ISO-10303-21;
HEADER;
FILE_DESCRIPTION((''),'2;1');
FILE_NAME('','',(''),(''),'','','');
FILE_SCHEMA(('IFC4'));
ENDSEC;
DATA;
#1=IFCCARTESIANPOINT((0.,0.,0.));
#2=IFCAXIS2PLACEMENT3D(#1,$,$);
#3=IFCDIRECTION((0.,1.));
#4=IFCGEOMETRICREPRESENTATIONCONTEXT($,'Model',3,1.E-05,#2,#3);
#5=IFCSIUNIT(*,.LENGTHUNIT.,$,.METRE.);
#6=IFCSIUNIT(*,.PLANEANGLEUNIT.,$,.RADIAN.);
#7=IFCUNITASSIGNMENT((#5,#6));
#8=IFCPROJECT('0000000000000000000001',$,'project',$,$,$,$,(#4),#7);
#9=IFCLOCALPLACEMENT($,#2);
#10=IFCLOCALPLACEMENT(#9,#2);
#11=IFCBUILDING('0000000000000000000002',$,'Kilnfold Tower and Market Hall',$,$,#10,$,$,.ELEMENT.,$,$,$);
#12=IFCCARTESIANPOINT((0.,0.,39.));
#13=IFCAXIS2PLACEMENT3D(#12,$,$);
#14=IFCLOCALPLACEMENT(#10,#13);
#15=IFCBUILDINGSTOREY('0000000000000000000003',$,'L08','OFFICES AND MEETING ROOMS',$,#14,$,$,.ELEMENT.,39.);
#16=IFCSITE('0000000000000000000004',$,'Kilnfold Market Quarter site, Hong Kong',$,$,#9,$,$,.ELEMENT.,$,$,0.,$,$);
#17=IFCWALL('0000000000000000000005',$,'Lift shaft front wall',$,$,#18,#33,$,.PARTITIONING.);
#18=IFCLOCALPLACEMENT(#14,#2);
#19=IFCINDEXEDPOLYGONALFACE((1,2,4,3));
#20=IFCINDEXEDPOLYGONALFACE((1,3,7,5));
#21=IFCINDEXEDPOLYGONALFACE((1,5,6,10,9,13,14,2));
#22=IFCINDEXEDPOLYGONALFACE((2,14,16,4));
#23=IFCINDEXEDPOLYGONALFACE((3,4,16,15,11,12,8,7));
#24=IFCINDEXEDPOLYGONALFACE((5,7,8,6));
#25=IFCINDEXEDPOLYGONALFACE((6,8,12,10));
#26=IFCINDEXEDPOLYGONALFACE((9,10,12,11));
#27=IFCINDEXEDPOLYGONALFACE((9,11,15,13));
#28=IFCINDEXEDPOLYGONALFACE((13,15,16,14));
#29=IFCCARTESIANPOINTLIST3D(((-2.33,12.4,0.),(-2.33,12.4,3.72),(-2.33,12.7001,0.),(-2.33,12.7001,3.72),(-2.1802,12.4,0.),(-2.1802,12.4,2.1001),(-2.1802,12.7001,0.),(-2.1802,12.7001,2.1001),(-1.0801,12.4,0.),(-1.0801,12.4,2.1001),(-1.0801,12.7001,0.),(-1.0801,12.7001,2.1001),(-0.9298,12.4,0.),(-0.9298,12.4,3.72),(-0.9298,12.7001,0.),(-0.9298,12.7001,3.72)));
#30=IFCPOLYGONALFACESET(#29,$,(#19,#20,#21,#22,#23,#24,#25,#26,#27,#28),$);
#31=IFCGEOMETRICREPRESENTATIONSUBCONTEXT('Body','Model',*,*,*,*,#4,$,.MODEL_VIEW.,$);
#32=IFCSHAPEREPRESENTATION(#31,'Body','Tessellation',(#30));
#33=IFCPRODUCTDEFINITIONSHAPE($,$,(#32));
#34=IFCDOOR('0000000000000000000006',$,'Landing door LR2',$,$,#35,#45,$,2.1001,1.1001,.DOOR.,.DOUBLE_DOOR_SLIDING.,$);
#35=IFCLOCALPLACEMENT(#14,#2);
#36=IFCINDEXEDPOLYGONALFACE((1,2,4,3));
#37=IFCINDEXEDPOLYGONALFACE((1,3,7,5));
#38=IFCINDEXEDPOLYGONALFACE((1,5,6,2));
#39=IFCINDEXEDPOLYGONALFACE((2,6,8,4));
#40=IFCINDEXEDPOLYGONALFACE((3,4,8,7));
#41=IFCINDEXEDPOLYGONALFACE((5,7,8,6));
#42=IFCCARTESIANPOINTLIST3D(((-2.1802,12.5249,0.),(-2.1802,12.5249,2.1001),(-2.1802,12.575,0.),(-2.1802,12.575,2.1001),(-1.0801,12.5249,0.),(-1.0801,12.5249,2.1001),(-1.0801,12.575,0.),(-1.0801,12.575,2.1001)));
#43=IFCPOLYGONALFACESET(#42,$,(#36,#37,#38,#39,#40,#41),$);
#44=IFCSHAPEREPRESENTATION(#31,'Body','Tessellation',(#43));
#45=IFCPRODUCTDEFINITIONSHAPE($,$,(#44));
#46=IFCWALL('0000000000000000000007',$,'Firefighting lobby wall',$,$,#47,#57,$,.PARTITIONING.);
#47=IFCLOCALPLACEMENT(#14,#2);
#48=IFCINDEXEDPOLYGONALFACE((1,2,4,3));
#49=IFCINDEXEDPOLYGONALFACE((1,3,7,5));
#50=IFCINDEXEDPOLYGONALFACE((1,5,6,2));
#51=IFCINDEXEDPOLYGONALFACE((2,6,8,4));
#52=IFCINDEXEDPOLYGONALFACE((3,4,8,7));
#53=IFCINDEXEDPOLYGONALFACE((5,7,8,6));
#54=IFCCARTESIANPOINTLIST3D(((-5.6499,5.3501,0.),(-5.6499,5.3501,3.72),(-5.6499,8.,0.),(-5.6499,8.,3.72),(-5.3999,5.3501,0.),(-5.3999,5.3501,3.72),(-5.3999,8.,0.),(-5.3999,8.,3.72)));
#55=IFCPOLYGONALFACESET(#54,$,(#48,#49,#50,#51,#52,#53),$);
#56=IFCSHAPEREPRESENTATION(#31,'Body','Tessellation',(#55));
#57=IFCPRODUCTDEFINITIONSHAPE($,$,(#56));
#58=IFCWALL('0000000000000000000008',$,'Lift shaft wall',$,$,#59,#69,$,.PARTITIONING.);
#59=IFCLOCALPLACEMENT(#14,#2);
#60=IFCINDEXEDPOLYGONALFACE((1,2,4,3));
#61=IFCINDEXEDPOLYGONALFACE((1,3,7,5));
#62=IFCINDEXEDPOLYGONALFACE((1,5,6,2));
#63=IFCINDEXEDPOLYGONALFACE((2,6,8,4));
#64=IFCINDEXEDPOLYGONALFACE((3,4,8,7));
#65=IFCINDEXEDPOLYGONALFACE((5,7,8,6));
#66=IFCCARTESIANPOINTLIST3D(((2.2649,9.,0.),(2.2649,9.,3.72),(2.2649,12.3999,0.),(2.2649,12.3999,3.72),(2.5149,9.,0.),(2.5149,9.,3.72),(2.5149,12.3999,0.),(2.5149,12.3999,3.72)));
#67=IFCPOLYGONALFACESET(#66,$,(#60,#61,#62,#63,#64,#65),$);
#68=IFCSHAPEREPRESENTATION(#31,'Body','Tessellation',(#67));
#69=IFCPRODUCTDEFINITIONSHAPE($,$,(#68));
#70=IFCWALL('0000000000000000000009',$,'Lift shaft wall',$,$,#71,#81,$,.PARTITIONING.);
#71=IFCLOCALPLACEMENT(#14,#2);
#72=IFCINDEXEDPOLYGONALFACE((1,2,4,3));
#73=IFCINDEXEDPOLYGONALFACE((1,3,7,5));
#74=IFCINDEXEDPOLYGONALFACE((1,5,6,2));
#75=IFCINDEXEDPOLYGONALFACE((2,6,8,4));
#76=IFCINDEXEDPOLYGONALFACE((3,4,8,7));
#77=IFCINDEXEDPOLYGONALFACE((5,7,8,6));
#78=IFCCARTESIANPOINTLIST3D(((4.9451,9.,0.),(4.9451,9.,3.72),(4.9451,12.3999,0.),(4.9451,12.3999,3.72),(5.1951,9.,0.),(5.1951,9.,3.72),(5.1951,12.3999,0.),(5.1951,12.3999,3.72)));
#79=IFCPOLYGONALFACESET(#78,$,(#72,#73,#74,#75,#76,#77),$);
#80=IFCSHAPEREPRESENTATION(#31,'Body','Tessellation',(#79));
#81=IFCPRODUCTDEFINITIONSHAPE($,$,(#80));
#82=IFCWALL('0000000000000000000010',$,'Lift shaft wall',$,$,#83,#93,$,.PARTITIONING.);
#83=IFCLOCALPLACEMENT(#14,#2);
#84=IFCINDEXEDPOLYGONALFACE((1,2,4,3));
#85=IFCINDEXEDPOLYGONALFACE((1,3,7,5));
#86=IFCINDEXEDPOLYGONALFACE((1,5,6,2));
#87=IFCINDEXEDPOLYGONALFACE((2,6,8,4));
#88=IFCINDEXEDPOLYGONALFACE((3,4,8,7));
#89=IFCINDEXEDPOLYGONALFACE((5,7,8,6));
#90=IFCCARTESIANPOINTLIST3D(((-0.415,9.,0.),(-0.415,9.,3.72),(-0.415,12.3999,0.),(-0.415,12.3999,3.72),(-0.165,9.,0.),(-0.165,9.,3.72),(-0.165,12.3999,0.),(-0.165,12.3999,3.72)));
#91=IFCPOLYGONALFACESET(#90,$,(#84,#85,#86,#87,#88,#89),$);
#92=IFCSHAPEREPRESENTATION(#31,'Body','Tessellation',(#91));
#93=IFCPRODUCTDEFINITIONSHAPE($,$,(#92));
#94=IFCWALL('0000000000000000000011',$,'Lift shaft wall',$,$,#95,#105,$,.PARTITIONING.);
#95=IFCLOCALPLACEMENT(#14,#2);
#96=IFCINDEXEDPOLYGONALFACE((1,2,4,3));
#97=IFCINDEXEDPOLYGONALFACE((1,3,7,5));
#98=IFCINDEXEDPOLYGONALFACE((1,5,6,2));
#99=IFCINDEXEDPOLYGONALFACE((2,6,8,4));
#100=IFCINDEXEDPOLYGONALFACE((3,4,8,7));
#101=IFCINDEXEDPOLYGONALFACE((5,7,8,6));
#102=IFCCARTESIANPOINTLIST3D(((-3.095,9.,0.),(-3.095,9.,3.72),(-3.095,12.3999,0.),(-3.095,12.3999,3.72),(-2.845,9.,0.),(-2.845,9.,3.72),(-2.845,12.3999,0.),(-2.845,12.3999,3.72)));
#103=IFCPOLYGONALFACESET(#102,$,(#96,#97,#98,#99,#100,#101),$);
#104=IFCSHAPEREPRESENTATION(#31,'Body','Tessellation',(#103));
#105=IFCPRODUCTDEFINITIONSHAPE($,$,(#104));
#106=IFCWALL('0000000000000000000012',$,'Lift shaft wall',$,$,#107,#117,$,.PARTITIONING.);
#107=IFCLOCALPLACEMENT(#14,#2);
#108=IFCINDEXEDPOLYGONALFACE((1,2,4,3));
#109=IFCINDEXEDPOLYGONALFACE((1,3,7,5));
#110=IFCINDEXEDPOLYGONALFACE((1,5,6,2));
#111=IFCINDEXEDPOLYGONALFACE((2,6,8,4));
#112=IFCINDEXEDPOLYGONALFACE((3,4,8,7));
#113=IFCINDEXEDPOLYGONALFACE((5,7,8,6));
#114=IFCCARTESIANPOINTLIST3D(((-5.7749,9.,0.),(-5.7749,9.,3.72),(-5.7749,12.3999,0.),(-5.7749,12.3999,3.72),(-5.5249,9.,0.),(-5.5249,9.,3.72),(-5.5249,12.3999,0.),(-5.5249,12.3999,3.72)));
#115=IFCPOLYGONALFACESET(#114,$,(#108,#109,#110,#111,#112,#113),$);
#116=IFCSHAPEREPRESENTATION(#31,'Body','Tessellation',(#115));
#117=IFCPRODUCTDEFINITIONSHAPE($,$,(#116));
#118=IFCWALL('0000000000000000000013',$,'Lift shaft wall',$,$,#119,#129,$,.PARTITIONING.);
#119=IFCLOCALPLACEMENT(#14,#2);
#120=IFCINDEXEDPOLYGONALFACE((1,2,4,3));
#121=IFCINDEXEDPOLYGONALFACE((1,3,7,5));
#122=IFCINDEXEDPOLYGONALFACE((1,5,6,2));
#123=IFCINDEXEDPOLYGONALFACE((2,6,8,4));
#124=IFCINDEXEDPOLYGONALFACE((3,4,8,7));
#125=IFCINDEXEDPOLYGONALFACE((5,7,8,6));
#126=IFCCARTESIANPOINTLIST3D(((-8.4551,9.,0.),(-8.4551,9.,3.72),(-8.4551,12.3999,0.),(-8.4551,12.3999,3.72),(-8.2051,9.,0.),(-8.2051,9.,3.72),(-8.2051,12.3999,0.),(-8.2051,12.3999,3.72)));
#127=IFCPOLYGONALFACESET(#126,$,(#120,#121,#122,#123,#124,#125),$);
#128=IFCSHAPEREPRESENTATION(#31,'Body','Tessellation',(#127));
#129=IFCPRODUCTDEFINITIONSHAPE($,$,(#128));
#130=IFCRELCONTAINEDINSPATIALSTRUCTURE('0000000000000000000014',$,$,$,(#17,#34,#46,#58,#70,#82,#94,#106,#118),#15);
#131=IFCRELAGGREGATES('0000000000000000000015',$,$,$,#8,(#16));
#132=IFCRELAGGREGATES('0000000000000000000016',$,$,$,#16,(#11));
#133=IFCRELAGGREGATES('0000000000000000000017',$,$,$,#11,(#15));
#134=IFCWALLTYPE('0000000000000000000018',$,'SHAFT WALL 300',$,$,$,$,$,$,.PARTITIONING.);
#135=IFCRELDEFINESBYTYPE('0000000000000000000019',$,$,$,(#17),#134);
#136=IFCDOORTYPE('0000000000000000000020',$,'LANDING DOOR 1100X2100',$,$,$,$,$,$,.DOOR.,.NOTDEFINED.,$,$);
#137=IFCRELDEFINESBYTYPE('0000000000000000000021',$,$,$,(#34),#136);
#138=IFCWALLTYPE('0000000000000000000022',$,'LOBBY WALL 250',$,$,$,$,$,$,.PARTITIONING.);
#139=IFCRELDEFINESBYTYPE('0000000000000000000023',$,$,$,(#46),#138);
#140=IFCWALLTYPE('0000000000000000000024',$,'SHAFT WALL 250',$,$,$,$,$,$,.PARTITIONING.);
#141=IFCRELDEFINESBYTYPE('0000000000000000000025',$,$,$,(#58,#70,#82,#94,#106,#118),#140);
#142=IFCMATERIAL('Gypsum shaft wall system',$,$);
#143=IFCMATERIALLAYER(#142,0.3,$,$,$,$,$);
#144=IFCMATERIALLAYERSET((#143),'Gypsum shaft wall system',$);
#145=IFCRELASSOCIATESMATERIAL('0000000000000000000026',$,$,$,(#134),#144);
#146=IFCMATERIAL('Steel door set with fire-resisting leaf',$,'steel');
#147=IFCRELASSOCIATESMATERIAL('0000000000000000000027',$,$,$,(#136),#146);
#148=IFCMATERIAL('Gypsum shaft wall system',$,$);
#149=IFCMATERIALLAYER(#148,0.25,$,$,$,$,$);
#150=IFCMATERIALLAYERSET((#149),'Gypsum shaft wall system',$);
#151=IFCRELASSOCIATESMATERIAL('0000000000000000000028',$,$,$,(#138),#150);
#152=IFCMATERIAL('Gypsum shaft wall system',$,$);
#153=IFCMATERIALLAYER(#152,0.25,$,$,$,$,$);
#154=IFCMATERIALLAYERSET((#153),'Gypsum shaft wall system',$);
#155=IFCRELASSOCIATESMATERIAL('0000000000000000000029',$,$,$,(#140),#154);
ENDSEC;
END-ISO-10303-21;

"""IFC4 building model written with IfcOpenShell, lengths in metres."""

from ifc_helpers import new_model, si_unit, direction, frame, frame_2d, origin, place, context, subcontext, project, spatial, rectangle, extrude, source, transform, mapped, material, layer, layer_set, type_object, element, fill, save


model = new_model("IFC4")

# Units and contexts
model_context = context("Model", 3, precision=1e-05, world=origin(), true_north=direction((0.0, 1.0)))
body_context = subcontext(model_context, "Body", "Model", "MODEL_VIEW")
ifc_project = project(units=[si_unit("LENGTHUNIT", "METRE"), si_unit("PLANEANGLEUNIT", "RADIAN")], contexts=[model_context])

# Site, building, storey
site_placement = place(None, origin())
site = spatial("IfcSite", under=ifc_project, at=site_placement, Name="Kilnfold Market Quarter site, Hong Kong", CompositionType="ELEMENT", RefElevation=0.0)
building_placement = place(site_placement, origin())
building = spatial("IfcBuilding", under=site, at=building_placement, Name="Kilnfold Tower and Market Hall", CompositionType="ELEMENT")
storey_placement = place(building_placement, frame((0.0, 0.0, 39.0)))
storey = spatial("IfcBuildingStorey", under=building, at=storey_placement, Name="L08", Description="OFFICES AND MEETING ROOMS", CompositionType="ELEMENT", Elevation=39.0)

# Wall, opening, door
ifc_material_1 = material(Name="Gypsum shaft wall system")
ifc_layer_1 = layer(ifc_material_1, 0.3)
ifc_layer_set_1 = layer_set([ifc_layer_1], Name="Gypsum shaft wall system")
wall_type_1 = type_object("IfcWallType", Name="SHAFT WALL 300", PredefinedType="PARTITIONING", material=ifc_layer_set_1)
ifc_material_2 = material(Name="Steel door set with fire-resisting leaf", Category="steel")
door_type_1 = type_object("IfcDoorType", Name="LANDING DOOR 1100X2100", OperationType="NOTDEFINED", PredefinedType="DOOR", material=ifc_material_2)
shared_shape_1 = source(origin(), body_context, "Body", "SweptSolid", [
    extrude(rectangle(XDim=1.4001, YDim=0.3, at=frame_2d((0.7002, 0.0))), origin(), (0.0, 0.0, 1.0), 3.72),
])
wall_1_placement = place(storey_placement, frame((-2.3301, 12.55, 0.0), z_axis=(0.0, 0.0, 1.0), x_axis=(1.0, 0.0, 0.0)))
wall_1 = element("IfcWall", 1, at=wall_1_placement, inside=storey, type_object=wall_type_1, Name="Lift shaft front wall", PredefinedType="PARTITIONING", context=body_context, shape_type="MappedRepresentation", body=[
    mapped(shared_shape_1, transform((0.0, 0.0, 0.0))),
])
opening_1_placement = place(wall_1_placement, frame((0.1499, 0.0, 0.0)))
opening_1 = element("IfcOpeningElement", 2, at=opening_1_placement, cuts=wall_1, PredefinedType="OPENING", context=body_context, shape_type="SweptSolid", body=[
    extrude(rectangle(XDim=1.1001, YDim=2.1001, at=frame_2d((0.55, 1.05))), frame((0.0, 0.1602, 0.0), z_axis=(0.0, -1.0, 0.0), x_axis=(1.0, 0.0, 0.0)), (0.0, 0.0, 1.0), 0.3201),
])
door_1_placement = place(opening_1_placement, origin())
door_1 = element("IfcDoor", 3, at=door_1_placement, inside=storey, type_object=door_type_1, Name="Landing door LR2", OperationType="DOUBLE_DOOR_SLIDING", OverallHeight=2.1001, OverallWidth=1.1001, PredefinedType="DOOR", context=body_context, shape_type="SweptSolid", body=[
    extrude(rectangle(XDim=1.1001, YDim=2.1001, at=frame_2d((0.55, 1.05))), frame((0.0, 0.0249, 0.0), z_axis=(0.0, -1.0, 0.0), x_axis=(1.0, 0.0, 0.0)), (0.0, 0.0, 1.0), 0.05),
])
fill(opening_1, door_1)

# Walls
ifc_material_3 = material(Name="Gypsum shaft wall system")
ifc_layer_2 = layer(ifc_material_3, 0.25)
ifc_layer_set_2 = layer_set([ifc_layer_2], Name="Gypsum shaft wall system")
wall_type_2 = type_object("IfcWallType", Name="LOBBY WALL 250", PredefinedType="PARTITIONING", material=ifc_layer_set_2)
shared_shape_2 = source(origin(), body_context, "Body", "SweptSolid", [
    extrude(rectangle(XDim=2.6499, YDim=0.25, at=frame_2d((1.325, 0.0))), origin(), (0.0, 0.0, 1.0), 3.72),
])
wall_2_placement = place(storey_placement, frame((-5.5249, 5.3501, 0.0), z_axis=(0.0, 0.0, 1.0), x_axis=(0.0, 1.0, 0.0)))
element("IfcWall", 4, at=wall_2_placement, inside=storey, type_object=wall_type_2, Name="Firefighting lobby wall", PredefinedType="PARTITIONING", context=body_context, shape_type="MappedRepresentation", body=[
    mapped(shared_shape_2, transform((0.0, 0.0, 0.0))),
])
ifc_material_4 = material(Name="Gypsum shaft wall system")
ifc_layer_3 = layer(ifc_material_4, 0.25)
ifc_layer_set_3 = layer_set([ifc_layer_3], Name="Gypsum shaft wall system")
wall_type_3 = type_object("IfcWallType", Name="SHAFT WALL 250", PredefinedType="PARTITIONING", material=ifc_layer_set_3)
shared_shape_3 = source(origin(), body_context, "Body", "SweptSolid", [
    extrude(rectangle(XDim=3.3999, YDim=0.25, at=frame_2d((1.7, 0.0))), origin(), (0.0, 0.0, 1.0), 3.72),
])
for number, where, z_axis, x_axis, name in (
    (5, (2.3899, 9.0, 0.0), (0.0, 0.0, 1.0), (0.0, 1.0, 0.0), "Lift shaft wall"),
    (6, (5.0701, 9.0, 0.0), (0.0, 0.0, 1.0), (0.0, 1.0, 0.0), "Lift shaft wall"),
    (7, (-0.29, 9.0, 0.0), (0.0, 0.0, 1.0), (0.0, 1.0, 0.0), "Lift shaft wall"),
    (8, (-2.97, 9.0, 0.0), (0.0, 0.0, 1.0), (0.0, 1.0, 0.0), "Lift shaft wall"),
    (9, (-5.6499, 9.0, 0.0), (0.0, 0.0, 1.0), (0.0, 1.0, 0.0), "Lift shaft wall"),
    (10, (-8.3301, 9.0, 0.0), (0.0, 0.0, 1.0), (0.0, 1.0, 0.0), "Lift shaft wall"),
):
    element("IfcWall", number, at=place(storey_placement, frame(where, z_axis=z_axis, x_axis=x_axis)), inside=storey, type_object=wall_type_3, Name=name, PredefinedType="PARTITIONING", context=body_context, shape_type="MappedRepresentation", body=[
        mapped(shared_shape_3, transform((0.0, 0.0, 0.0))),
    ])

save(model, "model.ifc")
